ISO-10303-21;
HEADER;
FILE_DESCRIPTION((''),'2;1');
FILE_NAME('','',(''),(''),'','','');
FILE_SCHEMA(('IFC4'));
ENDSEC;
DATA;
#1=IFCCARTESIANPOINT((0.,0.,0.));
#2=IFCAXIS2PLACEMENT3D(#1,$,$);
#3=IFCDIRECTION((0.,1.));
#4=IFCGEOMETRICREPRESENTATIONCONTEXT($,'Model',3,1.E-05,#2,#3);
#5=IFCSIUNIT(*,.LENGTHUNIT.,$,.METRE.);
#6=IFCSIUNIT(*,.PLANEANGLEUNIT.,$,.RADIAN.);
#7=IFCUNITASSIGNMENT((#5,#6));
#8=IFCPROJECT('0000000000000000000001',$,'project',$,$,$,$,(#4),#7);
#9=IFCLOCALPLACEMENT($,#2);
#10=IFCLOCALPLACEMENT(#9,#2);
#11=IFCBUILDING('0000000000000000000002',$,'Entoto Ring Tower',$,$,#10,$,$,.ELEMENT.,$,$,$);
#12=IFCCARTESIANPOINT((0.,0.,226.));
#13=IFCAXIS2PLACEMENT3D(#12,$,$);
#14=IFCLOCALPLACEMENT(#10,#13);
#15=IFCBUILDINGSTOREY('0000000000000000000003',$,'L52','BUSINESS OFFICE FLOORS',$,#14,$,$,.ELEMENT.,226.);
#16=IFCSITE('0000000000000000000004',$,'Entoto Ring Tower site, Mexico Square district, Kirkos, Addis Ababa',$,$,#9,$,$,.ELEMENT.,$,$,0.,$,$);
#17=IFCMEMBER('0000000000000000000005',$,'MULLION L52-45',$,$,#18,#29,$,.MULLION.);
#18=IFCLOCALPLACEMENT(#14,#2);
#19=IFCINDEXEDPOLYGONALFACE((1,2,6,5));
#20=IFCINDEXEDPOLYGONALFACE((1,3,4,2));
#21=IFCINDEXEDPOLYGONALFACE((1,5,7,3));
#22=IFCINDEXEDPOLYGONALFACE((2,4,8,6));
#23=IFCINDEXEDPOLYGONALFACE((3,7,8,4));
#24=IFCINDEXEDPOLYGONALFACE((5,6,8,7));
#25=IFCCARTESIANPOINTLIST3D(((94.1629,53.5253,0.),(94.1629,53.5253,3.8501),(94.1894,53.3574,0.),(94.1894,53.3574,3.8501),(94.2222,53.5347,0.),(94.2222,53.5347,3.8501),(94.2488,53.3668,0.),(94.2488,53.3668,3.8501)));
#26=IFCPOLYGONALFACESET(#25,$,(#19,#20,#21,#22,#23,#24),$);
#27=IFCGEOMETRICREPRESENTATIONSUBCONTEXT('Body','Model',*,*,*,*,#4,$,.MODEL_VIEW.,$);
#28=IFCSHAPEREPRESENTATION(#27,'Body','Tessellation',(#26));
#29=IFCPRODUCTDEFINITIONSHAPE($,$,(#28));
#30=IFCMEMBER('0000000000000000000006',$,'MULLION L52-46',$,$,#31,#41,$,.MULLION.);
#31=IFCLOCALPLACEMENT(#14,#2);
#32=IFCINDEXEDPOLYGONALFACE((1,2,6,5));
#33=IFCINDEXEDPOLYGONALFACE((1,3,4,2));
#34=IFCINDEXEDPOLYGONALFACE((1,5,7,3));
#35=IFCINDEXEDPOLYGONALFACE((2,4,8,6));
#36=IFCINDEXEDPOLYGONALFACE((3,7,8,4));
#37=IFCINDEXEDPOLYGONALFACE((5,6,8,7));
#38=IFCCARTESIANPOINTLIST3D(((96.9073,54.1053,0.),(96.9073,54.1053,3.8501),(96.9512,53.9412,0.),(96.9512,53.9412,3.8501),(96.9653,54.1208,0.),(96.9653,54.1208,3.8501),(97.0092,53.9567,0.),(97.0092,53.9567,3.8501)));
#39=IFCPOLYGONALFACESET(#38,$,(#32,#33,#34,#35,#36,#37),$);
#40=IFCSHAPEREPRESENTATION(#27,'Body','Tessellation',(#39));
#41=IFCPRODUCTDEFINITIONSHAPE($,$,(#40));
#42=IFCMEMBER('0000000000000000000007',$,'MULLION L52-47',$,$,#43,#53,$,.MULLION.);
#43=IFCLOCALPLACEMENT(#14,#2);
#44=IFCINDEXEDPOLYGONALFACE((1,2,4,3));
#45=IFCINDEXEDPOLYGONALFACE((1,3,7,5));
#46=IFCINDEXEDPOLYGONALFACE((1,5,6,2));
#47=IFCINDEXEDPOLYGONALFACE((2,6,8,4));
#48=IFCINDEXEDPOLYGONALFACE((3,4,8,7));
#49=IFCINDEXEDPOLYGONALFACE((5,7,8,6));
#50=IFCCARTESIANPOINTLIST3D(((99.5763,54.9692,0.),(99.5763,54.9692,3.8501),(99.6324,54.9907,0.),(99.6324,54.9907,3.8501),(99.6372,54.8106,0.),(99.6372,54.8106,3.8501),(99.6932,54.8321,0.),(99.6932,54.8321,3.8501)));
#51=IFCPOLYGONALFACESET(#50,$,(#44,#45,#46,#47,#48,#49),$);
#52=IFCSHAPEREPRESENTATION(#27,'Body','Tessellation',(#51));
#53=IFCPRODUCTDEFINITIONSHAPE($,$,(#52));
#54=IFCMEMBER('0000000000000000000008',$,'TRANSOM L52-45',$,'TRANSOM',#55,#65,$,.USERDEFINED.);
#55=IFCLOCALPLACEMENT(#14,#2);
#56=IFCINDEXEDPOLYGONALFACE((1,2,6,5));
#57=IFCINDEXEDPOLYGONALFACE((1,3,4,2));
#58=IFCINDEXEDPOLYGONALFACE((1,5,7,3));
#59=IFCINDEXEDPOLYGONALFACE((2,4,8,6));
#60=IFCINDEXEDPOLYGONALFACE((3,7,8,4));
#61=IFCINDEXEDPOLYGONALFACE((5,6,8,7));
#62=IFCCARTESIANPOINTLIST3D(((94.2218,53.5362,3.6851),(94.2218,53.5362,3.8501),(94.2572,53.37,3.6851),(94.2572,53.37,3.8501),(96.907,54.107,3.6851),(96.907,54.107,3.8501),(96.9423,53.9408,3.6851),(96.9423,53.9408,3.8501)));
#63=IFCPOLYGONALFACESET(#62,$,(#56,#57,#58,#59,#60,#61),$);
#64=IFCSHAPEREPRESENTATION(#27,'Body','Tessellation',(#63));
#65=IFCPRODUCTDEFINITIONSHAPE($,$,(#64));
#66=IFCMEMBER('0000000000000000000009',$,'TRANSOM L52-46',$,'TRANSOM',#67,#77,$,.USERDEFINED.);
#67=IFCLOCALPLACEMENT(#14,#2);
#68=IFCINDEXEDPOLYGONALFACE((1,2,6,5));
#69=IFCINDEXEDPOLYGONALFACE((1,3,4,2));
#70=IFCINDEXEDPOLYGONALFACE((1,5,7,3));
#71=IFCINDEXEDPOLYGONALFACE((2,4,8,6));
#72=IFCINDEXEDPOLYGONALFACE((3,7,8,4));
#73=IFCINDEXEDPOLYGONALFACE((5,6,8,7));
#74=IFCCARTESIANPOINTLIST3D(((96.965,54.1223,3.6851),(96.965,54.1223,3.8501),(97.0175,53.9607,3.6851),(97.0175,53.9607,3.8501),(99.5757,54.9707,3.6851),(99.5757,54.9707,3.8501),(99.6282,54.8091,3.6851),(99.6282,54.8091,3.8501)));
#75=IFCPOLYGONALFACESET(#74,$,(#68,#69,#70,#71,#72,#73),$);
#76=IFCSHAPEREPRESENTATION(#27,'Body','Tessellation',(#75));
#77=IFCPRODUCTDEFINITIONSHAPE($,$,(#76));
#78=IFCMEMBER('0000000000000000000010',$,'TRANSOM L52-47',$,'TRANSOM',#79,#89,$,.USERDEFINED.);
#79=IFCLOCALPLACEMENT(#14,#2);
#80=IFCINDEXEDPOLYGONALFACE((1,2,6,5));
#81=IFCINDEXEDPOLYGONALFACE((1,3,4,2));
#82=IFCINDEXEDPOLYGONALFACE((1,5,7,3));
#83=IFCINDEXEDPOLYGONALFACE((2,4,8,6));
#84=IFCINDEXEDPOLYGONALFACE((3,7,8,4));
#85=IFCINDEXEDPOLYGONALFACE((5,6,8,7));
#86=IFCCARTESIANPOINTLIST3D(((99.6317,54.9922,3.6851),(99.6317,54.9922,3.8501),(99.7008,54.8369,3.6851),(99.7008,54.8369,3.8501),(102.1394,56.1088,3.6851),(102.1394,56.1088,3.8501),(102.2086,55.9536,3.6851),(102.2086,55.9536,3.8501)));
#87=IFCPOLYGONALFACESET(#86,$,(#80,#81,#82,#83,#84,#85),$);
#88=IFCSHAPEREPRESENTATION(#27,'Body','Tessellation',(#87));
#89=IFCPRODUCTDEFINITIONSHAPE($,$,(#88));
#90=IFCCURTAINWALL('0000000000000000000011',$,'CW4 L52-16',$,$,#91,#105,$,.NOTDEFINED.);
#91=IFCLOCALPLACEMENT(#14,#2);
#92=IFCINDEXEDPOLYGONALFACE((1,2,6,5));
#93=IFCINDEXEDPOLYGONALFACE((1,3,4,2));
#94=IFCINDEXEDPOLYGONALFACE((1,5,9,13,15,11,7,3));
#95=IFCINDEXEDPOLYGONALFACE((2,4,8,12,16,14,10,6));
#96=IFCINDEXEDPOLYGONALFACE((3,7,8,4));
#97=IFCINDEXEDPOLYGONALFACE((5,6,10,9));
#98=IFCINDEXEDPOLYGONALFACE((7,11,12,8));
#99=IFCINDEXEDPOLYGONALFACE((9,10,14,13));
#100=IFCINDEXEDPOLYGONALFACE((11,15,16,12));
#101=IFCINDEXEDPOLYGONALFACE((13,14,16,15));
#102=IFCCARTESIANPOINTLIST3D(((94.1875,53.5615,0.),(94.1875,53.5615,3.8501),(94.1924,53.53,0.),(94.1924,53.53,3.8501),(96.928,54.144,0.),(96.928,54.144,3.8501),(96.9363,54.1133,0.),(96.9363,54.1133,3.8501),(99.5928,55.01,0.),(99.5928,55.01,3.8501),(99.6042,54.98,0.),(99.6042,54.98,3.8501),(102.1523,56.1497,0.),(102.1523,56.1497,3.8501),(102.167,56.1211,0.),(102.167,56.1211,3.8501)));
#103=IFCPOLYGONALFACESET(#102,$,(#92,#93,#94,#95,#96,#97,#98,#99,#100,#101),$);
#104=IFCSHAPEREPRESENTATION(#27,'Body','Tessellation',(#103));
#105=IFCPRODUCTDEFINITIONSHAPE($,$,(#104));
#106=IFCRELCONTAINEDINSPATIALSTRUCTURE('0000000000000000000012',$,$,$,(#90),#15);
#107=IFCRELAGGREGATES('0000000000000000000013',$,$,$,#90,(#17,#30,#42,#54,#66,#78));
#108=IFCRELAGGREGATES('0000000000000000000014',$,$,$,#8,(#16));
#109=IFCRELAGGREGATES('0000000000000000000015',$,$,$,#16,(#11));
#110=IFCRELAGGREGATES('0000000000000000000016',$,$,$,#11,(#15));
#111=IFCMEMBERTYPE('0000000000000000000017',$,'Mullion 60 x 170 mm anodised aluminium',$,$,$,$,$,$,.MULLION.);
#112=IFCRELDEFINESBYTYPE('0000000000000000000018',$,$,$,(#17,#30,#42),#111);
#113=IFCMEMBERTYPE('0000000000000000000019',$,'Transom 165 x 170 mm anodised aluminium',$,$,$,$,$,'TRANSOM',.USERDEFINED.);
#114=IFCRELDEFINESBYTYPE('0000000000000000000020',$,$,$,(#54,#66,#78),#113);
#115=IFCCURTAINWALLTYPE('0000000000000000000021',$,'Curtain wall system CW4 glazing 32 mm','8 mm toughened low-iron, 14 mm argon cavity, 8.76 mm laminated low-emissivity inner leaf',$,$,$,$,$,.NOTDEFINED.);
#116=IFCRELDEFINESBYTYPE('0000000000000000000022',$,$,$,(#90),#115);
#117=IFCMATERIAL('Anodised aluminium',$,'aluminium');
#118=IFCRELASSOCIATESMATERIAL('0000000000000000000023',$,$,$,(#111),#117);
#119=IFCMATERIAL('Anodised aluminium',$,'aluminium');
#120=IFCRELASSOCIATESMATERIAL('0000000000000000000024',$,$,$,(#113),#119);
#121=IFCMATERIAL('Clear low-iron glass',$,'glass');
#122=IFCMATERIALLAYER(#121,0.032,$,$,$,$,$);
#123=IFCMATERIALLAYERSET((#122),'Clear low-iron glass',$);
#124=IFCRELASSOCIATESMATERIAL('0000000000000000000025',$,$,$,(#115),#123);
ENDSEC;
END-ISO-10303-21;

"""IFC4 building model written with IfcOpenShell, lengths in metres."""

from ifc_helpers import new_model, si_unit, direction, frame, origin, origin_2d, place, context, subcontext, project, spatial, polyline, rectangle, outline, extrude, material, layer, layer_set, material_profile, profile_set, type_object, element, aggregate, save


model = new_model("IFC4")

# Units and contexts
model_context = context("Model", 3, precision=1e-05, world=origin(), true_north=direction((0.0, 1.0)))
body_context = subcontext(model_context, "Body", "Model", "MODEL_VIEW")
ifc_project = project(units=[si_unit("LENGTHUNIT", "METRE"), si_unit("PLANEANGLEUNIT", "RADIAN")], contexts=[model_context])

# Members
ifc_material_1 = material(Name="Anodised aluminium", Category="aluminium")
ifc_material_profile_1 = material_profile(ifc_material_1, rectangle(XDim=0.0601, YDim=0.1699, at=origin_2d()), Name="Mullion 60 x 170 mm anodised aluminium")
ifc_profile_set_1 = profile_set([ifc_material_profile_1], Name="Anodised aluminium")
member_type_1 = type_object("IfcMemberType", Name="Mullion 60 x 170 mm anodised aluminium", PredefinedType="MULLION", material=ifc_profile_set_1)
site_placement = place(None, origin())
building_placement = place(site_placement, origin())
storey_placement = place(building_placement, frame((0.0, 0.0, 226.0)))
member_1_placement = place(storey_placement, frame((94.2058, 53.446, 0.0), z_axis=(0.0, 0.0, 1.0), x_axis=(0.987688, 0.156434, 0.0)))
member_1 = element("IfcMember", 1, at=member_1_placement, type_object=member_type_1, Name="MULLION L52-45", PredefinedType="MULLION", context=body_context, shape_type="SweptSolid", body=[
    extrude(rectangle(XDim=0.0601, YDim=0.1699, at=origin_2d()), origin(), (0.0, 0.0, 1.0), 3.8501),
])
member_2_placement = place(storey_placement, frame((96.9583, 54.031, 0.0), z_axis=(0.0, 0.0, 1.0), x_axis=(0.965926, 0.258819, 0.0)))
member_2 = element("IfcMember", 2, at=member_2_placement, type_object=member_type_1, Name="MULLION L52-46", PredefinedType="MULLION", context=body_context, shape_type="SweptSolid", body=[
    extrude(rectangle(XDim=0.0601, YDim=0.1699, at=origin_2d()), origin(), (0.0, 0.0, 1.0), 3.8501),
])
member_3_placement = place(storey_placement, frame((99.6348, 54.9006, 0.0), z_axis=(0.0, 0.0, 1.0), x_axis=(0.93358, 0.358368, 0.0)))
member_3 = element("IfcMember", 3, at=member_3_placement, type_object=member_type_1, Name="MULLION L52-47", PredefinedType="MULLION", context=body_context, shape_type="SweptSolid", body=[
    extrude(rectangle(XDim=0.0601, YDim=0.1699, at=origin_2d()), origin(), (0.0, 0.0, 1.0), 3.8501),
])
ifc_material_2 = material(Name="Anodised aluminium", Category="aluminium")
ifc_material_profile_2 = material_profile(ifc_material_2, rectangle(XDim=0.1699, YDim=0.165, at=origin_2d()), Name="Transom 165 x 170 mm anodised aluminium")
ifc_profile_set_2 = profile_set([ifc_material_profile_2], Name="Anodised aluminium")
member_type_2 = type_object("IfcMemberType", Name="Transom 165 x 170 mm anodised aluminium", ElementType="TRANSOM", PredefinedType="USERDEFINED", material=ifc_profile_set_2)
member_4_placement = place(storey_placement, frame((94.2395, 53.4531, 3.7676), z_axis=(0.978142, 0.207937, 0.0), x_axis=(-0.207937, 0.978142, 0.0)))
member_4 = element("IfcMember", 4, at=member_4_placement, type_object=member_type_2, Name="TRANSOM L52-45", ObjectType="TRANSOM", PredefinedType="USERDEFINED", context=body_context, shape_type="SweptSolid", body=[
    extrude(rectangle(XDim=0.1699, YDim=0.165, at=origin_2d()), origin(), (0.0, 0.0, 1.0), 2.7451),
])
member_5_placement = place(storey_placement, frame((96.9912, 54.0415, 3.7676), z_axis=(0.951048, 0.309042, 0.0), x_axis=(-0.309042, 0.951048, 0.0)))
member_5 = element("IfcMember", 5, at=member_5_placement, type_object=member_type_2, Name="TRANSOM L52-46", ObjectType="TRANSOM", PredefinedType="USERDEFINED", context=body_context, shape_type="SweptSolid", body=[
    extrude(rectangle(XDim=0.1699, YDim=0.165, at=origin_2d()), origin(), (0.0, 0.0, 1.0), 2.7451),
])
member_6_placement = place(storey_placement, frame((99.6663, 54.9146, 3.7676), z_axis=(0.913525, 0.406782, 0.0), x_axis=(-0.406782, 0.913525, 0.0)))
member_6 = element("IfcMember", 6, at=member_6_placement, type_object=member_type_2, Name="TRANSOM L52-47", ObjectType="TRANSOM", PredefinedType="USERDEFINED", context=body_context, shape_type="SweptSolid", body=[
    extrude(rectangle(XDim=0.1699, YDim=0.165, at=origin_2d()), origin(), (0.0, 0.0, 1.0), 2.7451),
])

# Site, building, storey
site = spatial("IfcSite", under=ifc_project, at=site_placement, Name="Entoto Ring Tower site, Mexico Square district, Kirkos, Addis Ababa", CompositionType="ELEMENT", RefElevation=0.0)
building = spatial("IfcBuilding", under=site, at=building_placement, Name="Entoto Ring Tower", CompositionType="ELEMENT")
storey = spatial("IfcBuildingStorey", under=building, at=storey_placement, Name="L52", Description="BUSINESS OFFICE FLOORS", CompositionType="ELEMENT", Elevation=226.0)

# Curtain wall
ifc_material_3 = material(Name="Clear low-iron glass", Category="glass")
ifc_layer = layer(ifc_material_3, 0.032)
ifc_layer_set = layer_set([ifc_layer], Name="Clear low-iron glass")
curtain_wall_type = type_object("IfcCurtainWallType", Name="Curtain wall system CW4 glazing 32 mm", Description="8 mm toughened low-iron, 14 mm argon cavity, 8.76 mm laminated low-emissivity inner leaf", PredefinedType="NOTDEFINED", material=ifc_layer_set)
curtain_wall_1_placement = place(storey_placement, origin())
curtain_wall_1 = element("IfcCurtainWall", 7, at=curtain_wall_1_placement, inside=storey, type_object=curtain_wall_type, Name="CW4 L52-16", PredefinedType="NOTDEFINED", context=body_context, shape_type="SweptSolid", body=[
    extrude(outline(polyline([(94.1924, 53.53), (96.9363, 54.1133), (99.6042, 54.98), (102.167, 56.1211), (102.1523, 56.1497), (99.5928, 55.01), (96.928, 54.144), (94.1875, 53.5615), (94.1924, 53.53)])), origin(), (0.0, 0.0, 1.0), 3.8501),
])
aggregate(curtain_wall_1, [member_1, member_2, member_3, member_4, member_5, member_6])

save(model, "model.ifc")
